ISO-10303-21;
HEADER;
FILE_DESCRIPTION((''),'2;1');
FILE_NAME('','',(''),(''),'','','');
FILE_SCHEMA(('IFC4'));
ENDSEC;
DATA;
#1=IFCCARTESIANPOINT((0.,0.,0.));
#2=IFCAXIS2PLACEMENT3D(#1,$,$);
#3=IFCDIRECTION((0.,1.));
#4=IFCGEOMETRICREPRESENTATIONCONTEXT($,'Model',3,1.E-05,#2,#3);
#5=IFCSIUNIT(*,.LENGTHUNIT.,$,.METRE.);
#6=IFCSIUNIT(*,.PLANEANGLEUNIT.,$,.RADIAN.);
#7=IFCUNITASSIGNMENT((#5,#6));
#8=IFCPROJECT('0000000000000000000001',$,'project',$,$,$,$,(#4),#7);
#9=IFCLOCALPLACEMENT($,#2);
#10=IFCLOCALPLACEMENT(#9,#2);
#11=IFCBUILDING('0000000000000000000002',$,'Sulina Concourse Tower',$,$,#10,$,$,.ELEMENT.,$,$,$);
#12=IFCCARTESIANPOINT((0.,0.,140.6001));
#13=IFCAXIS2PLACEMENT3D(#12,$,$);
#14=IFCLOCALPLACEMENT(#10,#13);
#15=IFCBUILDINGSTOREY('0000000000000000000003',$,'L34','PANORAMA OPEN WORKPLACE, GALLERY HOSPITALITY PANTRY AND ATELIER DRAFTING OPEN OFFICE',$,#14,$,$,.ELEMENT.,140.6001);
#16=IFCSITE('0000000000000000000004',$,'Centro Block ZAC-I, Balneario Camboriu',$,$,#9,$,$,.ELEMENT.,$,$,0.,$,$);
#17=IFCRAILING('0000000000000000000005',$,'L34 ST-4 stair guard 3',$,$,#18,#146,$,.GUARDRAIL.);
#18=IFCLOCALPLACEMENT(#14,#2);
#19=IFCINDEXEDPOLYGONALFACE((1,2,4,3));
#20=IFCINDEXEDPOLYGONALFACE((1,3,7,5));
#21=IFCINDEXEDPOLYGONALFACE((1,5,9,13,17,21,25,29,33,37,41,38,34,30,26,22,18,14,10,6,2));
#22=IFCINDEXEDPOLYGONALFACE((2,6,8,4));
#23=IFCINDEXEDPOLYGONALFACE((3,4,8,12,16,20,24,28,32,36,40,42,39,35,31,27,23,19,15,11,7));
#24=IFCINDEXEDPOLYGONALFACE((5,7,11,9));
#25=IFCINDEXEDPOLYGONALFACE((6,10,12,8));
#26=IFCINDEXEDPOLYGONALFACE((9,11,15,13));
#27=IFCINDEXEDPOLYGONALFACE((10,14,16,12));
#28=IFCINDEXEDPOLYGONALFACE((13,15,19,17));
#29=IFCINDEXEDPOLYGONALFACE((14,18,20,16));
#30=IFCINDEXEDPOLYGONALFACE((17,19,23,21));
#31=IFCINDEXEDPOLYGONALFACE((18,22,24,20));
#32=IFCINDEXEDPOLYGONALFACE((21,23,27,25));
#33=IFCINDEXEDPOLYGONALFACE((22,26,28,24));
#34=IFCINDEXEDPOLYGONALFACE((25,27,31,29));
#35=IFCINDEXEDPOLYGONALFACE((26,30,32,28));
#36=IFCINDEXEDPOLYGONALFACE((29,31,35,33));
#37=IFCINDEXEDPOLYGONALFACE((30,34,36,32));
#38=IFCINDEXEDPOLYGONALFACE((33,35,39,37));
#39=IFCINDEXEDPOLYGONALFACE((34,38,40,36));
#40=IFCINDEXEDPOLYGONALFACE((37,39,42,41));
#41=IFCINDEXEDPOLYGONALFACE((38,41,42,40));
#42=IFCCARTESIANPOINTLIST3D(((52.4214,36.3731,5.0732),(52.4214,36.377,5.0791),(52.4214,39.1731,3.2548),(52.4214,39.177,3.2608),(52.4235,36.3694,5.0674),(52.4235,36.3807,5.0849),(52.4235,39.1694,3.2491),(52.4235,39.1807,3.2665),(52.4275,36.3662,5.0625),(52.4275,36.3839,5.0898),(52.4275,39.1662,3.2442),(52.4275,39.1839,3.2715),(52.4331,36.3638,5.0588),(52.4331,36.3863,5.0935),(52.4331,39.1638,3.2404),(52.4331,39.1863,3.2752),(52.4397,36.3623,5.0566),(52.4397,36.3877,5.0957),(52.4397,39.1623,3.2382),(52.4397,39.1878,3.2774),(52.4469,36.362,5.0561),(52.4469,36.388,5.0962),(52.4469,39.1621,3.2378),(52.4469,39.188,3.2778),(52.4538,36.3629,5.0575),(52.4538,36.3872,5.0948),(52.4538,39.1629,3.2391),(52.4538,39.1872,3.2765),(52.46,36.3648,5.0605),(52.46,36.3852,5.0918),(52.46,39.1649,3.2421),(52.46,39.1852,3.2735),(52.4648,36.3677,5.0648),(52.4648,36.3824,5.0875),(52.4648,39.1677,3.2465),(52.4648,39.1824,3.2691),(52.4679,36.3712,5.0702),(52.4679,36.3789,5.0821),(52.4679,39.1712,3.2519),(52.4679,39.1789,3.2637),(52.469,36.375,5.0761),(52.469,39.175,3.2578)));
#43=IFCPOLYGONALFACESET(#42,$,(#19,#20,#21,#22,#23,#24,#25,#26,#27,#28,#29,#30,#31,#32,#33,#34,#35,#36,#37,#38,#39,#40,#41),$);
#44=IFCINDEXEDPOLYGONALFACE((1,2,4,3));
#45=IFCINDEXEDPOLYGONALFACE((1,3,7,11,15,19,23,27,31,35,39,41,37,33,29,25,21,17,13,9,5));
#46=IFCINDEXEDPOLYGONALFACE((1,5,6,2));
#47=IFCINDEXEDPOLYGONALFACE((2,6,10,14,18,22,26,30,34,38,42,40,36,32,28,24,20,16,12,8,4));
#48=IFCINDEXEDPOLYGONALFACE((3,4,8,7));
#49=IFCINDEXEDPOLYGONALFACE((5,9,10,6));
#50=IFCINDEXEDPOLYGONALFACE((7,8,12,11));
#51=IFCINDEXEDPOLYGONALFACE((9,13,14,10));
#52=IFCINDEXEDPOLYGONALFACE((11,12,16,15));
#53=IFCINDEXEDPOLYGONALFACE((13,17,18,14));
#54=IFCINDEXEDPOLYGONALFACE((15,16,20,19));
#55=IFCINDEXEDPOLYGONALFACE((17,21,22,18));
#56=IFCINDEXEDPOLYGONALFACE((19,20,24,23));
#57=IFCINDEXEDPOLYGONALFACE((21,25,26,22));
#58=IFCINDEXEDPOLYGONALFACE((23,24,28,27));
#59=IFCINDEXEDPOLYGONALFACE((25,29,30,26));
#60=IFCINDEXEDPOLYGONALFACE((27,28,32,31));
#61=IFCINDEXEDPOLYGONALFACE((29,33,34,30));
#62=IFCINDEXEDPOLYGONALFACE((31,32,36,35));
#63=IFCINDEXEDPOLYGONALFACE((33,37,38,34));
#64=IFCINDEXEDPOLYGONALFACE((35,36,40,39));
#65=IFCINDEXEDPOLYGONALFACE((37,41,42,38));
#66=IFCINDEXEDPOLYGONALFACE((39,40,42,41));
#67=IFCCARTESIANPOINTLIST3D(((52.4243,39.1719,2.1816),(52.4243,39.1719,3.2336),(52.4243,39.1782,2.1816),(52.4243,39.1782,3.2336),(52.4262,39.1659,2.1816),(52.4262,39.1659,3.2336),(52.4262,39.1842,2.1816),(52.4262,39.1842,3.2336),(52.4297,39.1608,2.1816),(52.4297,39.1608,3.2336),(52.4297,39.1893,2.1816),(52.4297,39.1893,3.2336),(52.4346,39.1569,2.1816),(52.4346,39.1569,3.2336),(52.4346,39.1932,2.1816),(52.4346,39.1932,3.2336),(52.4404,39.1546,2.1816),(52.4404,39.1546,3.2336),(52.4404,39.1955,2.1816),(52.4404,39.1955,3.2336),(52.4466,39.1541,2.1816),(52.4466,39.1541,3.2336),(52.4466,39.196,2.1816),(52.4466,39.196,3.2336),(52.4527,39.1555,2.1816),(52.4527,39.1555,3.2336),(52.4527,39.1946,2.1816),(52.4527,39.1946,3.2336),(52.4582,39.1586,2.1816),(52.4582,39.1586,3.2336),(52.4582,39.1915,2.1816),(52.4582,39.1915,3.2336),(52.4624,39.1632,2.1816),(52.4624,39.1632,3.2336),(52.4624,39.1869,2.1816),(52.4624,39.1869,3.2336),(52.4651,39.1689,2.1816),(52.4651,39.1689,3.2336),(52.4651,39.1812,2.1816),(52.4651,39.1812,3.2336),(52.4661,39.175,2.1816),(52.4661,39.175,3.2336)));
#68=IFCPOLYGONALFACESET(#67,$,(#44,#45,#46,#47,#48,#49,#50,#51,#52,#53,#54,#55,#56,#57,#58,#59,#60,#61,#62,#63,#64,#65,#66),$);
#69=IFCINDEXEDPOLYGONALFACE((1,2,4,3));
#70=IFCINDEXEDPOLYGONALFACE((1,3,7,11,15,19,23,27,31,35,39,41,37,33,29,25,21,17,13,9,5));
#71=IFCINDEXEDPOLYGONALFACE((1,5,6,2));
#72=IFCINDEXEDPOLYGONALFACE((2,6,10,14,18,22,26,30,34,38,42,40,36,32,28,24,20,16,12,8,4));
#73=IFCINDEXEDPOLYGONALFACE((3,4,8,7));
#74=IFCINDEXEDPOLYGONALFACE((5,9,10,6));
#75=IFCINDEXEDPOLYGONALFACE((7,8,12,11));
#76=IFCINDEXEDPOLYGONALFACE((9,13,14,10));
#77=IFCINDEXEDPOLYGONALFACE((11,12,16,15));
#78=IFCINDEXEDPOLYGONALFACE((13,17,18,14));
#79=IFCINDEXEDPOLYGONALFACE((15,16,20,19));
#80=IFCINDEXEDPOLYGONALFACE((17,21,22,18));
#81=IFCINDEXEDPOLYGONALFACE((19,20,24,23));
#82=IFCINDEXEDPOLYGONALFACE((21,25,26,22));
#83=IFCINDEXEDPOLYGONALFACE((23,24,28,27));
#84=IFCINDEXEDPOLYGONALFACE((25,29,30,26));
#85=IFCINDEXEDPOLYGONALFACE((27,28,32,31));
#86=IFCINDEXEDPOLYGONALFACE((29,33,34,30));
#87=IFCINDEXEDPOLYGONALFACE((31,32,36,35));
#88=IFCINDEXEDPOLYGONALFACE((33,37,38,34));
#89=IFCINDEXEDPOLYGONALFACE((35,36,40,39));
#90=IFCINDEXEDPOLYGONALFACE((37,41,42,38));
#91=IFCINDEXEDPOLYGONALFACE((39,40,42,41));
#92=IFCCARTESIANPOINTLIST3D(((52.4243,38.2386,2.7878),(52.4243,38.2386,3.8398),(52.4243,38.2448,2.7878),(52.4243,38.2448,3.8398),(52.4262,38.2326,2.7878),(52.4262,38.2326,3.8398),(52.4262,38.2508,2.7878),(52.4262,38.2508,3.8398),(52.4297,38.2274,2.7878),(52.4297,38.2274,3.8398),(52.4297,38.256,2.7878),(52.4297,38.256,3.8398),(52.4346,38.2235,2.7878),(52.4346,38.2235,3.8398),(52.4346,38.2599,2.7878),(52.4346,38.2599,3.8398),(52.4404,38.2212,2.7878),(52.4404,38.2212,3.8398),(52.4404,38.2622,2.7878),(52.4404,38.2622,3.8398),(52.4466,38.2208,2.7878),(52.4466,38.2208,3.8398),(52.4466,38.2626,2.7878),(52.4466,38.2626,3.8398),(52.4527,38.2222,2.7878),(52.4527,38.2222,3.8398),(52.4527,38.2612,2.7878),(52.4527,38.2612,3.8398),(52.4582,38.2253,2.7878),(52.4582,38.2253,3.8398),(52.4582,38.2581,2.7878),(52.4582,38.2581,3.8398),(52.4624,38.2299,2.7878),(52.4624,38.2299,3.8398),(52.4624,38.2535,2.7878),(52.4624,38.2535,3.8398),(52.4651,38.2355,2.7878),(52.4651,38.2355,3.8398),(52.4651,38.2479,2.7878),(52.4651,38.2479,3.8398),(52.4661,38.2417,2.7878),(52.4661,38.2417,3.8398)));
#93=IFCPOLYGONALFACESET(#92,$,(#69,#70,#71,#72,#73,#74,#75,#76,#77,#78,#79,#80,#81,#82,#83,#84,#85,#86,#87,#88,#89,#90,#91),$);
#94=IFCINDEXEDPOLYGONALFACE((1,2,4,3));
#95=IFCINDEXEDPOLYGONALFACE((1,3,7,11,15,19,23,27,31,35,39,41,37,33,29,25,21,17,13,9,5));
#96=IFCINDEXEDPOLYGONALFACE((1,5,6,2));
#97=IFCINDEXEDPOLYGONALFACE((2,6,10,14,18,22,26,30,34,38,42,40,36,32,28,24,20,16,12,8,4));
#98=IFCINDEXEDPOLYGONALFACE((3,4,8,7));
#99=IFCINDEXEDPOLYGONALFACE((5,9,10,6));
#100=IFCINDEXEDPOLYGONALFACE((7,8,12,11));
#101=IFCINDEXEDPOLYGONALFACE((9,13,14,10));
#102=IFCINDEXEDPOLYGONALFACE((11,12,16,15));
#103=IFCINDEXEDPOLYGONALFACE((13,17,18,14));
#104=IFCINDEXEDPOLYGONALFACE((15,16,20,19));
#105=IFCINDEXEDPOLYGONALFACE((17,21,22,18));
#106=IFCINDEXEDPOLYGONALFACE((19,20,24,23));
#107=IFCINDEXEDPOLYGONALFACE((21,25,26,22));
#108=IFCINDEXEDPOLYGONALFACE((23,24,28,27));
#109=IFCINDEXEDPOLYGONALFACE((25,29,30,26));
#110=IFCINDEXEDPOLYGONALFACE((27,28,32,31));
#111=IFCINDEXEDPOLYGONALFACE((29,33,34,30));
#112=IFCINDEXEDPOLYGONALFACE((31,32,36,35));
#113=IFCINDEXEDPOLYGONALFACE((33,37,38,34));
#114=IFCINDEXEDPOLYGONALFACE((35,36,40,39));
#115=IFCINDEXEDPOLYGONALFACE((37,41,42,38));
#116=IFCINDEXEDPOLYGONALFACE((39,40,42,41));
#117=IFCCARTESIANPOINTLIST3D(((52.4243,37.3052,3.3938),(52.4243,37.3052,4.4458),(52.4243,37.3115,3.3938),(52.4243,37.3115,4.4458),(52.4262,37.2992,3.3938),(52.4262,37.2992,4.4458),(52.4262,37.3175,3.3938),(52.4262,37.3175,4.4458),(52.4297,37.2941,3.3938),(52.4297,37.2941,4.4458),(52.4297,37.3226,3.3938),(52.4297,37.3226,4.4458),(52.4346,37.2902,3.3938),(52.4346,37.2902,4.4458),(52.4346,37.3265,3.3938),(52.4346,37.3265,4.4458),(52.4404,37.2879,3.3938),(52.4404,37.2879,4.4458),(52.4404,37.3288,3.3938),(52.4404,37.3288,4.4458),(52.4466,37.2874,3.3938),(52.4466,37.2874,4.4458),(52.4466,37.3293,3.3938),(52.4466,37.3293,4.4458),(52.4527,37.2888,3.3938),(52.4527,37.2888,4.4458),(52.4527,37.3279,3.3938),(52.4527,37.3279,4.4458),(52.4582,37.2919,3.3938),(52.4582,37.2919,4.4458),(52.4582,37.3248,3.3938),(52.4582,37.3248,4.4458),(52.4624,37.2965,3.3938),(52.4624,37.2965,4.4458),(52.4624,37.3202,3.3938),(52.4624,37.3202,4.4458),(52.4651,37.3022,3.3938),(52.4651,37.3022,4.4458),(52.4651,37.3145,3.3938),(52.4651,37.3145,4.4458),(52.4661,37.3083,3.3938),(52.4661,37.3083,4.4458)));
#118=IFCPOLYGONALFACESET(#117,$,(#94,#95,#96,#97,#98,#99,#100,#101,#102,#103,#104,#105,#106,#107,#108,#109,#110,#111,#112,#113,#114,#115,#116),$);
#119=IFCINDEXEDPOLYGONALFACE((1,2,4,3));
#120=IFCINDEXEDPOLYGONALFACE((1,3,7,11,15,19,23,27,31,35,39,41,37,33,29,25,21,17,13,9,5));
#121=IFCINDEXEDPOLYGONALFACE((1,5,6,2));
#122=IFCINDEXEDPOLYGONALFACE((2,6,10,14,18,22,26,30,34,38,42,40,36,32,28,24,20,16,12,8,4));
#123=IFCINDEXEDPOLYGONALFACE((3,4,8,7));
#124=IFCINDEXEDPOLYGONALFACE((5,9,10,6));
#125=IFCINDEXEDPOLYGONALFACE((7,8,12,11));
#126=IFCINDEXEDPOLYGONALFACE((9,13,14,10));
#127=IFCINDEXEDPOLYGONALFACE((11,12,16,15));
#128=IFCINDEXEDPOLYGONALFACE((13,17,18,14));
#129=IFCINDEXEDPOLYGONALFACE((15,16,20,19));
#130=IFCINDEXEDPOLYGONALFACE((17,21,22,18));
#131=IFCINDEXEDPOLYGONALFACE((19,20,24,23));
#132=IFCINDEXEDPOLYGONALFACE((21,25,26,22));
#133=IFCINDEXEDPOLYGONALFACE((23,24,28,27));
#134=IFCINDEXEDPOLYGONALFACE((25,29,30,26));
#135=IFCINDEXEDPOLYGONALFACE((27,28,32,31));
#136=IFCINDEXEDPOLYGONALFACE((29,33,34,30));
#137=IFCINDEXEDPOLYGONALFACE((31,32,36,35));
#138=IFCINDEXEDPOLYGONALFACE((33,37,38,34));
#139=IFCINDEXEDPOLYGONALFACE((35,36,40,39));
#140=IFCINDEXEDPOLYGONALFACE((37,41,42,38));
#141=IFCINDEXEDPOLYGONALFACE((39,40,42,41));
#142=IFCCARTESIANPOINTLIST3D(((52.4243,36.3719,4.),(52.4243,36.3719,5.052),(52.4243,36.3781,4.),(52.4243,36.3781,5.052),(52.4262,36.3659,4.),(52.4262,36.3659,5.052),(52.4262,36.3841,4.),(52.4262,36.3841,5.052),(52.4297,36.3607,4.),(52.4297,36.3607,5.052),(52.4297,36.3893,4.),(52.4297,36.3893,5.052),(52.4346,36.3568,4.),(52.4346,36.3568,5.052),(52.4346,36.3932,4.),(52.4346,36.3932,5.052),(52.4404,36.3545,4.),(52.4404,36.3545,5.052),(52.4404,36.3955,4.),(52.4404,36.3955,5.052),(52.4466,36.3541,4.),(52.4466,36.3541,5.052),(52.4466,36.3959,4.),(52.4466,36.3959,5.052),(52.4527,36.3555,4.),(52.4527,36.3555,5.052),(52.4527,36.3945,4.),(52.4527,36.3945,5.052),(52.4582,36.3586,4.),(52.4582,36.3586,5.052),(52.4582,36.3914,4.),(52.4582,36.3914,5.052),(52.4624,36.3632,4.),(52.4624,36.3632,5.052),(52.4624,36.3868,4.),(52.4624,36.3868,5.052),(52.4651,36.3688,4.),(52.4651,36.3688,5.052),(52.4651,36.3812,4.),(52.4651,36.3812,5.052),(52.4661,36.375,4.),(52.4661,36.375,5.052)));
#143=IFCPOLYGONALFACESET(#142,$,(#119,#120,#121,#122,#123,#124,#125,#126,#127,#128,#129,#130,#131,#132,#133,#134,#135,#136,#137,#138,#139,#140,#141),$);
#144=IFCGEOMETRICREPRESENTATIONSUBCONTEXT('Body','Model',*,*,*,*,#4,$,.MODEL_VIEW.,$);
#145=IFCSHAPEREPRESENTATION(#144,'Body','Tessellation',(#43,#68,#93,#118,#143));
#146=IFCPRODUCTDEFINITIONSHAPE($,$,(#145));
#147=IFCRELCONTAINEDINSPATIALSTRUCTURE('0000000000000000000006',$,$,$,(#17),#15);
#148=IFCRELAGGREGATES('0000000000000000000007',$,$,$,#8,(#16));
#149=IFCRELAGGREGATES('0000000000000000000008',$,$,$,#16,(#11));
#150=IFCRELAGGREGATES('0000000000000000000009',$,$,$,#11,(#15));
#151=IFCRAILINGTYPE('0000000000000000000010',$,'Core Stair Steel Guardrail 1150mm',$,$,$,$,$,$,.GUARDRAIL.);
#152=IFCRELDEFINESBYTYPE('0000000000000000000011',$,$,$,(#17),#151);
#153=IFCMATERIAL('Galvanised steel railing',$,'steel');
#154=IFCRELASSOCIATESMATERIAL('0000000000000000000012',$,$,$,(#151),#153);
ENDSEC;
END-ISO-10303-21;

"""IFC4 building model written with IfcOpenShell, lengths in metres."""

from ifc_helpers import new_model, si_unit, direction, frame, origin, origin_2d, place, context, subcontext, project, spatial, circle, extrude, material, type_object, element, save


model = new_model("IFC4")

# Units and contexts
model_context = context("Model", 3, precision=1e-05, world=origin(), true_north=direction((0.0, 1.0)))
body_context = subcontext(model_context, "Body", "Model", "MODEL_VIEW")
ifc_project = project(units=[si_unit("LENGTHUNIT", "METRE"), si_unit("PLANEANGLEUNIT", "RADIAN")], contexts=[model_context])

# Site, building, storey
site_placement = place(None, origin())
site = spatial("IfcSite", under=ifc_project, at=site_placement, Name="Centro Block ZAC-I, Balneario Camboriu", CompositionType="ELEMENT", RefElevation=0.0)
building_placement = place(site_placement, origin())
building = spatial("IfcBuilding", under=site, at=building_placement, Name="Sulina Concourse Tower", CompositionType="ELEMENT")
storey_placement = place(building_placement, frame((0.0, 0.0, 140.6001)))
storey = spatial("IfcBuildingStorey", under=building, at=storey_placement, Name="L34", Description="PANORAMA OPEN WORKPLACE, GALLERY HOSPITALITY PANTRY AND ATELIER DRAFTING OPEN OFFICE", CompositionType="ELEMENT", Elevation=140.6001)

# Railing
ifc_material_1 = material(Name="Galvanised steel railing", Category="steel")
railing_type_1 = type_object("IfcRailingType", Name="Core Stair Steel Guardrail 1150mm", PredefinedType="GUARDRAIL", material=ifc_material_1)
railing_1_placement = place(storey_placement, frame((52.4451, 39.175, 2.1816)))
element("IfcRailing", 1, at=railing_1_placement, inside=storey, type_object=railing_type_1, Name="L34 ST-4 stair guard 3", PredefinedType="GUARDRAIL", context=body_context, shape_type="SweptSolid", body=[
    extrude(circle(Radius=0.0239, at=origin_2d()), frame((0.0, 0.0, 1.0762), z_axis=(0.0, -0.838672, 0.544636), x_axis=(1.0, 0.0, 0.0)), (0.0, 0.0, 1.0), 3.3386),
    extrude(circle(Radius=0.021, at=origin_2d()), origin(), (0.0, 0.0, 1.0), 1.052),
    extrude(circle(Radius=0.021, at=origin_2d()), frame((0.0, -0.9333, 0.6062)), (0.0, 0.0, 1.0), 1.052),
    extrude(circle(Radius=0.021, at=origin_2d()), frame((0.0, -1.8667, 1.2122)), (0.0, 0.0, 1.0), 1.052),
    extrude(circle(Radius=0.021, at=origin_2d()), frame((0.0, -2.8, 1.8184)), (0.0, 0.0, 1.0), 1.052),
])

save(model, "model.ifc")
